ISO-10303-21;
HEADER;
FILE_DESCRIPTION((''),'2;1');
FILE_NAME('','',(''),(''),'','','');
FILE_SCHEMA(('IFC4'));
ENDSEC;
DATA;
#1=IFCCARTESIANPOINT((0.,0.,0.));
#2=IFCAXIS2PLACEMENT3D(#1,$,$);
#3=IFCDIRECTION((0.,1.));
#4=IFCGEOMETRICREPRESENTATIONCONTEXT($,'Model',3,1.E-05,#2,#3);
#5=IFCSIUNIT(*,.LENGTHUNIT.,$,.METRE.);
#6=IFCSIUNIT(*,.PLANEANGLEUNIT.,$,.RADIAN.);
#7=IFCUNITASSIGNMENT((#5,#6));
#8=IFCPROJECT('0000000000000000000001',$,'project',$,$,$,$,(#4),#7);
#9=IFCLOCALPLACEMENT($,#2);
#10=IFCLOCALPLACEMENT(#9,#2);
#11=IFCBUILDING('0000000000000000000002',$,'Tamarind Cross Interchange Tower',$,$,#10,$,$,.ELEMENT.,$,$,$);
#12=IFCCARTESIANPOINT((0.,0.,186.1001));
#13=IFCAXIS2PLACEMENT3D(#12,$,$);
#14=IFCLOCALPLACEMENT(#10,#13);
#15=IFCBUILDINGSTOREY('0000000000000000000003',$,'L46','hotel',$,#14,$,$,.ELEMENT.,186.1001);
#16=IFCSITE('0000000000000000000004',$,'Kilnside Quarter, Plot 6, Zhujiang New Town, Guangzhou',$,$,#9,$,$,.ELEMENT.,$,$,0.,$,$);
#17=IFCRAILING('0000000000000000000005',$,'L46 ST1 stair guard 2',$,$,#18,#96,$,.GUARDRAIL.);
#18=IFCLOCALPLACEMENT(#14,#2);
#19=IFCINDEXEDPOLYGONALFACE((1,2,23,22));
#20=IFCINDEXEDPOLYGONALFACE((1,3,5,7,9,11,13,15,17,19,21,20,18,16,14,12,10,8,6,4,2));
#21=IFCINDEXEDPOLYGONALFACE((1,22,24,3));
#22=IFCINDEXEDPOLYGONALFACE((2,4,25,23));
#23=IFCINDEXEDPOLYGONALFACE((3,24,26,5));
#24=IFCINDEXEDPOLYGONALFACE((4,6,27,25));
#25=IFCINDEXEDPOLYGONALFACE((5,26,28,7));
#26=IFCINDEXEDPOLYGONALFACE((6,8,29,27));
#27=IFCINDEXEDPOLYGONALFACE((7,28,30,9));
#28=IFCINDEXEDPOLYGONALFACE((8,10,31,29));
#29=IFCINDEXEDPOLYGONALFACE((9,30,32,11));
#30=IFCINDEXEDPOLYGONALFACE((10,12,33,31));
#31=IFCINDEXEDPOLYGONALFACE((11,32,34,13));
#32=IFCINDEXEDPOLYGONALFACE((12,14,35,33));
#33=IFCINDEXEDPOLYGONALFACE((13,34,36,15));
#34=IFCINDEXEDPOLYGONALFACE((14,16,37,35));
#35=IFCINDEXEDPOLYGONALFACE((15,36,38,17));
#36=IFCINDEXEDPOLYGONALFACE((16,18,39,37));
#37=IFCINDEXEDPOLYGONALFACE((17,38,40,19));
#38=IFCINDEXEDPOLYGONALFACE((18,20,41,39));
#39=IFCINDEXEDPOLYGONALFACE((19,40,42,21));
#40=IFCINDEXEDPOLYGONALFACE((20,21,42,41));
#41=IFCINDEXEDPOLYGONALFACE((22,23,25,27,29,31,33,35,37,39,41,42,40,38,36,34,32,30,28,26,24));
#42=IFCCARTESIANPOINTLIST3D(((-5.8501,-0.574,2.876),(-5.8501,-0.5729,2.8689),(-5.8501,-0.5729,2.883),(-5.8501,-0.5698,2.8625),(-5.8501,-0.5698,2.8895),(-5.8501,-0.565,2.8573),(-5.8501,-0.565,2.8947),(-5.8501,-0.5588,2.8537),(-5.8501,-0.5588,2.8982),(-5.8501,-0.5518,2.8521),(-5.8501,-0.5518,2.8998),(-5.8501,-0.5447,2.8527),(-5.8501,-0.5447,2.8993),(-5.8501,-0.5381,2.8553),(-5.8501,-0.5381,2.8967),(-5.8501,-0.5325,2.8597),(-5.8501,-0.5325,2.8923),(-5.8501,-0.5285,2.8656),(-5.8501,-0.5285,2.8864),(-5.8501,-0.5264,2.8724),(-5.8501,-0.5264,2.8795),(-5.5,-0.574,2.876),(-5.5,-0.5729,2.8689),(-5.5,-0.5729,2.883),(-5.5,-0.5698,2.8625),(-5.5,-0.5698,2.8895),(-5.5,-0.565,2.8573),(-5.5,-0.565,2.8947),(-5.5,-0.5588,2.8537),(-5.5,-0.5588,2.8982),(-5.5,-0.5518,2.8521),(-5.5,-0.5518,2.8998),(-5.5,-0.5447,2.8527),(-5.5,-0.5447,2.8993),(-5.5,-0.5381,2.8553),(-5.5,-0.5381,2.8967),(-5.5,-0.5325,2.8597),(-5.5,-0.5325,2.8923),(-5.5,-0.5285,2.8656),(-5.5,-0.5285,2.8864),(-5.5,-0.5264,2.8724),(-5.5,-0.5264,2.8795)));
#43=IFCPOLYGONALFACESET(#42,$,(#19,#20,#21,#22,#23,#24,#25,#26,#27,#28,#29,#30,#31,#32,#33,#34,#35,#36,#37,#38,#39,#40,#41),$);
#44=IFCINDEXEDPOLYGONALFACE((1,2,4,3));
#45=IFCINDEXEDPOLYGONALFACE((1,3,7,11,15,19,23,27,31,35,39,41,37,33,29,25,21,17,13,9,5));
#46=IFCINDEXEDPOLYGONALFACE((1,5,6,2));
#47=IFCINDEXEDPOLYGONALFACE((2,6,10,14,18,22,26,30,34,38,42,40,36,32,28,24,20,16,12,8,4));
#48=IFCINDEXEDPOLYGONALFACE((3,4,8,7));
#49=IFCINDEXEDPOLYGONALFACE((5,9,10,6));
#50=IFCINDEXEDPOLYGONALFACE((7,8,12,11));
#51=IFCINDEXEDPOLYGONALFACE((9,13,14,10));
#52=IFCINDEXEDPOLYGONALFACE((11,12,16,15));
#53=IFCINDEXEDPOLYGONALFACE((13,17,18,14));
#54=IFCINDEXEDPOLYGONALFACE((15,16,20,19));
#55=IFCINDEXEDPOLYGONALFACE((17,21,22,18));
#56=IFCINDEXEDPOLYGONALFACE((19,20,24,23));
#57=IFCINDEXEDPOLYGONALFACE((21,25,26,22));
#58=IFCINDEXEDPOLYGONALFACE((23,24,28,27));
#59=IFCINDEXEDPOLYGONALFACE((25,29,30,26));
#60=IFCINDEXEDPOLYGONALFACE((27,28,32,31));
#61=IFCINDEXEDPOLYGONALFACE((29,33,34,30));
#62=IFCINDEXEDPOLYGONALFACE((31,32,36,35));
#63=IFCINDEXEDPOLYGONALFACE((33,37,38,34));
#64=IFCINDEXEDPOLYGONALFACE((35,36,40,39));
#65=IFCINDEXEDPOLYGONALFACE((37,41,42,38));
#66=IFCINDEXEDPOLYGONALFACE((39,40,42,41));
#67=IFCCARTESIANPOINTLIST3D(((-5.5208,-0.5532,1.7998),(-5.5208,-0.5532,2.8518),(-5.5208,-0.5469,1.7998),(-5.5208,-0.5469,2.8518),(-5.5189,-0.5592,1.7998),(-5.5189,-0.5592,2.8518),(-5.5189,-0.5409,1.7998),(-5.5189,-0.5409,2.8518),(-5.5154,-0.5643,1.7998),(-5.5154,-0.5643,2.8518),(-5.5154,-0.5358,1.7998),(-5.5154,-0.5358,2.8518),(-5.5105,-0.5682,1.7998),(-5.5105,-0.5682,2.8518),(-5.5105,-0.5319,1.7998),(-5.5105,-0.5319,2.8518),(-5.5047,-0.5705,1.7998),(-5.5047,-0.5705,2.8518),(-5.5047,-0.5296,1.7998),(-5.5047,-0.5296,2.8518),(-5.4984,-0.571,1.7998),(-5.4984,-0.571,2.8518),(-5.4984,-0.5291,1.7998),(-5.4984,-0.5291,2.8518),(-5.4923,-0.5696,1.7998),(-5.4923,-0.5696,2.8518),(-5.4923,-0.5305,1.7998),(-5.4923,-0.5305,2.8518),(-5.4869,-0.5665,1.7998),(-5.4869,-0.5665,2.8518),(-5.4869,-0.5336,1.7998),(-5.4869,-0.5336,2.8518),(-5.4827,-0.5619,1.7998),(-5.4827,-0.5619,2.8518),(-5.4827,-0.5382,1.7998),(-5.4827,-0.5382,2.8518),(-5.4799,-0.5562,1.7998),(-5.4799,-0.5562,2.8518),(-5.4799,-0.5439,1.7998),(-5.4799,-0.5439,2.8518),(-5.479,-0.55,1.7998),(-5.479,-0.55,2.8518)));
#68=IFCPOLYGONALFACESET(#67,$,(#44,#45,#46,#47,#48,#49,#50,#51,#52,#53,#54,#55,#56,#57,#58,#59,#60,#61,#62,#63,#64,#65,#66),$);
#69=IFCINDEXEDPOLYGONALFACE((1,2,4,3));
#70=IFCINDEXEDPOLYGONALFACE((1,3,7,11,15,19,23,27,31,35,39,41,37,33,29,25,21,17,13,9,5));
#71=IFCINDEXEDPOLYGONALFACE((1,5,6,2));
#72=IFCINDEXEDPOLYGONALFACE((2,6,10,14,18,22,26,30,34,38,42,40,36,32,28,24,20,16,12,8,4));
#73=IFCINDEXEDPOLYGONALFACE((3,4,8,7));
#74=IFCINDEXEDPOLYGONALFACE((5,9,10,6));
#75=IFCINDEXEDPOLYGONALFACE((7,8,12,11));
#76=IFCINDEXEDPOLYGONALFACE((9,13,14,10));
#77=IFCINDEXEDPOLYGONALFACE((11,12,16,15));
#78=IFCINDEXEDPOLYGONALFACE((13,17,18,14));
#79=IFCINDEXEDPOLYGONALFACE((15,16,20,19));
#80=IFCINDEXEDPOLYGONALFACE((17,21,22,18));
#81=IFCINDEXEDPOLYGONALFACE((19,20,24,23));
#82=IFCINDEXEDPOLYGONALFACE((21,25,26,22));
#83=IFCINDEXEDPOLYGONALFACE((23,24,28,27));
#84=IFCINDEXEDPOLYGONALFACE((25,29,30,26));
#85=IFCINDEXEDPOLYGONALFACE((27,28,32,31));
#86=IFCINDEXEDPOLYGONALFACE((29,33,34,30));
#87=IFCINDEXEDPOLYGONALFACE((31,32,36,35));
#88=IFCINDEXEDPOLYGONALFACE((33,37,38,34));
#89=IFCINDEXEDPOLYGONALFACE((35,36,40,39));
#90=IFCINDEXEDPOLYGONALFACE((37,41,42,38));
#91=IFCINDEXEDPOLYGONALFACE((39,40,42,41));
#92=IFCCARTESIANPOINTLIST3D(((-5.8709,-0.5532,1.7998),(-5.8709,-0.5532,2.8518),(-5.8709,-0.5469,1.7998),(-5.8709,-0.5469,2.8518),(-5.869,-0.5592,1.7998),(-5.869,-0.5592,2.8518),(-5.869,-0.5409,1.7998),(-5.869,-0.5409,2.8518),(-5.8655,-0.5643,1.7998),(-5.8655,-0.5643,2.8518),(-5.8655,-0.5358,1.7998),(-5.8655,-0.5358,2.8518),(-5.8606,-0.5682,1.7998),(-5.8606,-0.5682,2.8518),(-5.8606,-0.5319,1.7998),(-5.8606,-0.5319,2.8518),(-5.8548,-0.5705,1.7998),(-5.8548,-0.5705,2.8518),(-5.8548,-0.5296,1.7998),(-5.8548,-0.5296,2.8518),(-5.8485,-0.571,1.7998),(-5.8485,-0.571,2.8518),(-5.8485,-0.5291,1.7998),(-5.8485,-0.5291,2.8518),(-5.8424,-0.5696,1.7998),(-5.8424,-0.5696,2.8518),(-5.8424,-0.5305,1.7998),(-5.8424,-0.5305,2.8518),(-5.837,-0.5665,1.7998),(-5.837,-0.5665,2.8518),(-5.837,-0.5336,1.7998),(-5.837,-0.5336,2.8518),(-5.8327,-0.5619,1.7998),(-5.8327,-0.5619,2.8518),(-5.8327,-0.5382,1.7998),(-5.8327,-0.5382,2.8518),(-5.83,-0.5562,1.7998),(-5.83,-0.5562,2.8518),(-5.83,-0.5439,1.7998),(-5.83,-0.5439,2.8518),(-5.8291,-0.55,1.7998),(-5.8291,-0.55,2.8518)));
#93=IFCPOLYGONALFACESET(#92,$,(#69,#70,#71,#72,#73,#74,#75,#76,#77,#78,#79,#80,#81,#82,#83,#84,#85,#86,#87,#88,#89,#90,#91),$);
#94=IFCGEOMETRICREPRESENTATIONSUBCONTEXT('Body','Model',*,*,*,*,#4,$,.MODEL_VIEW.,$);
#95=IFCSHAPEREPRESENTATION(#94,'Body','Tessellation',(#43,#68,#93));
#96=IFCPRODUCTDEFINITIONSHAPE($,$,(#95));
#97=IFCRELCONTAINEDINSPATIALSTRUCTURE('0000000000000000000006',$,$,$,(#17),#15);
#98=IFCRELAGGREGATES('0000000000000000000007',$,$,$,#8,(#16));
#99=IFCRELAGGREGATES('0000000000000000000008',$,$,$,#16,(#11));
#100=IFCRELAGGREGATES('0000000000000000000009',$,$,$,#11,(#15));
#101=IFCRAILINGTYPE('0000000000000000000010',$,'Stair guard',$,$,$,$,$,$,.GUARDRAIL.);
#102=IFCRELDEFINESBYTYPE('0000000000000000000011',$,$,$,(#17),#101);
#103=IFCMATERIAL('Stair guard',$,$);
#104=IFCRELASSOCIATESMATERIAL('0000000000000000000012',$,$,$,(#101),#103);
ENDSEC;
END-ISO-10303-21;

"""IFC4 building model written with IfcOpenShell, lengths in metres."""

from ifc_helpers import new_model, si_unit, direction, frame, origin, origin_2d, place, context, subcontext, project, spatial, circle, extrude, material, type_object, element, save


model = new_model("IFC4")

# Units and contexts
model_context = context("Model", 3, precision=1e-05, world=origin(), true_north=direction((0.0, 1.0)))
body_context = subcontext(model_context, "Body", "Model", "MODEL_VIEW")
ifc_project = project(units=[si_unit("LENGTHUNIT", "METRE"), si_unit("PLANEANGLEUNIT", "RADIAN")], contexts=[model_context])

# Site, building, storey
site_placement = place(None, origin())
site = spatial("IfcSite", under=ifc_project, at=site_placement, Name="Kilnside Quarter, Plot 6, Zhujiang New Town, Guangzhou", CompositionType="ELEMENT", RefElevation=0.0)
building_placement = place(site_placement, origin())
building = spatial("IfcBuilding", under=site, at=building_placement, Name="Tamarind Cross Interchange Tower", CompositionType="ELEMENT")
storey_placement = place(building_placement, frame((0.0, 0.0, 186.1001)))
storey = spatial("IfcBuildingStorey", under=building, at=storey_placement, Name="L46", Description="hotel", CompositionType="ELEMENT", Elevation=186.1001)

# Railing
ifc_material_1 = material(Name="Stair guard")
railing_type_1 = type_object("IfcRailingType", Name="Stair guard", PredefinedType="GUARDRAIL", material=ifc_material_1)
railing_1_placement = place(storey_placement, frame((-5.5, -0.55, 1.7998)))
element("IfcRailing", 1, at=railing_1_placement, inside=storey, type_object=railing_type_1, Name="L46 ST1 stair guard 2", PredefinedType="GUARDRAIL", context=body_context, shape_type="SweptSolid", body=[
    extrude(circle(Radius=0.0239, at=origin_2d()), frame((0.0, 0.0, 1.0762), z_axis=(-1.0, 0.0, 0.0), x_axis=(0.0, -1.0, 0.0)), (0.0, 0.0, 1.0), 0.3501),
    extrude(circle(Radius=0.021, at=origin_2d()), origin(), (0.0, 0.0, 1.0), 1.052),
    extrude(circle(Radius=0.021, at=origin_2d()), frame((-0.3501, 0.0, 0.0)), (0.0, 0.0, 1.0), 1.052),
])

save(model, "model.ifc")
